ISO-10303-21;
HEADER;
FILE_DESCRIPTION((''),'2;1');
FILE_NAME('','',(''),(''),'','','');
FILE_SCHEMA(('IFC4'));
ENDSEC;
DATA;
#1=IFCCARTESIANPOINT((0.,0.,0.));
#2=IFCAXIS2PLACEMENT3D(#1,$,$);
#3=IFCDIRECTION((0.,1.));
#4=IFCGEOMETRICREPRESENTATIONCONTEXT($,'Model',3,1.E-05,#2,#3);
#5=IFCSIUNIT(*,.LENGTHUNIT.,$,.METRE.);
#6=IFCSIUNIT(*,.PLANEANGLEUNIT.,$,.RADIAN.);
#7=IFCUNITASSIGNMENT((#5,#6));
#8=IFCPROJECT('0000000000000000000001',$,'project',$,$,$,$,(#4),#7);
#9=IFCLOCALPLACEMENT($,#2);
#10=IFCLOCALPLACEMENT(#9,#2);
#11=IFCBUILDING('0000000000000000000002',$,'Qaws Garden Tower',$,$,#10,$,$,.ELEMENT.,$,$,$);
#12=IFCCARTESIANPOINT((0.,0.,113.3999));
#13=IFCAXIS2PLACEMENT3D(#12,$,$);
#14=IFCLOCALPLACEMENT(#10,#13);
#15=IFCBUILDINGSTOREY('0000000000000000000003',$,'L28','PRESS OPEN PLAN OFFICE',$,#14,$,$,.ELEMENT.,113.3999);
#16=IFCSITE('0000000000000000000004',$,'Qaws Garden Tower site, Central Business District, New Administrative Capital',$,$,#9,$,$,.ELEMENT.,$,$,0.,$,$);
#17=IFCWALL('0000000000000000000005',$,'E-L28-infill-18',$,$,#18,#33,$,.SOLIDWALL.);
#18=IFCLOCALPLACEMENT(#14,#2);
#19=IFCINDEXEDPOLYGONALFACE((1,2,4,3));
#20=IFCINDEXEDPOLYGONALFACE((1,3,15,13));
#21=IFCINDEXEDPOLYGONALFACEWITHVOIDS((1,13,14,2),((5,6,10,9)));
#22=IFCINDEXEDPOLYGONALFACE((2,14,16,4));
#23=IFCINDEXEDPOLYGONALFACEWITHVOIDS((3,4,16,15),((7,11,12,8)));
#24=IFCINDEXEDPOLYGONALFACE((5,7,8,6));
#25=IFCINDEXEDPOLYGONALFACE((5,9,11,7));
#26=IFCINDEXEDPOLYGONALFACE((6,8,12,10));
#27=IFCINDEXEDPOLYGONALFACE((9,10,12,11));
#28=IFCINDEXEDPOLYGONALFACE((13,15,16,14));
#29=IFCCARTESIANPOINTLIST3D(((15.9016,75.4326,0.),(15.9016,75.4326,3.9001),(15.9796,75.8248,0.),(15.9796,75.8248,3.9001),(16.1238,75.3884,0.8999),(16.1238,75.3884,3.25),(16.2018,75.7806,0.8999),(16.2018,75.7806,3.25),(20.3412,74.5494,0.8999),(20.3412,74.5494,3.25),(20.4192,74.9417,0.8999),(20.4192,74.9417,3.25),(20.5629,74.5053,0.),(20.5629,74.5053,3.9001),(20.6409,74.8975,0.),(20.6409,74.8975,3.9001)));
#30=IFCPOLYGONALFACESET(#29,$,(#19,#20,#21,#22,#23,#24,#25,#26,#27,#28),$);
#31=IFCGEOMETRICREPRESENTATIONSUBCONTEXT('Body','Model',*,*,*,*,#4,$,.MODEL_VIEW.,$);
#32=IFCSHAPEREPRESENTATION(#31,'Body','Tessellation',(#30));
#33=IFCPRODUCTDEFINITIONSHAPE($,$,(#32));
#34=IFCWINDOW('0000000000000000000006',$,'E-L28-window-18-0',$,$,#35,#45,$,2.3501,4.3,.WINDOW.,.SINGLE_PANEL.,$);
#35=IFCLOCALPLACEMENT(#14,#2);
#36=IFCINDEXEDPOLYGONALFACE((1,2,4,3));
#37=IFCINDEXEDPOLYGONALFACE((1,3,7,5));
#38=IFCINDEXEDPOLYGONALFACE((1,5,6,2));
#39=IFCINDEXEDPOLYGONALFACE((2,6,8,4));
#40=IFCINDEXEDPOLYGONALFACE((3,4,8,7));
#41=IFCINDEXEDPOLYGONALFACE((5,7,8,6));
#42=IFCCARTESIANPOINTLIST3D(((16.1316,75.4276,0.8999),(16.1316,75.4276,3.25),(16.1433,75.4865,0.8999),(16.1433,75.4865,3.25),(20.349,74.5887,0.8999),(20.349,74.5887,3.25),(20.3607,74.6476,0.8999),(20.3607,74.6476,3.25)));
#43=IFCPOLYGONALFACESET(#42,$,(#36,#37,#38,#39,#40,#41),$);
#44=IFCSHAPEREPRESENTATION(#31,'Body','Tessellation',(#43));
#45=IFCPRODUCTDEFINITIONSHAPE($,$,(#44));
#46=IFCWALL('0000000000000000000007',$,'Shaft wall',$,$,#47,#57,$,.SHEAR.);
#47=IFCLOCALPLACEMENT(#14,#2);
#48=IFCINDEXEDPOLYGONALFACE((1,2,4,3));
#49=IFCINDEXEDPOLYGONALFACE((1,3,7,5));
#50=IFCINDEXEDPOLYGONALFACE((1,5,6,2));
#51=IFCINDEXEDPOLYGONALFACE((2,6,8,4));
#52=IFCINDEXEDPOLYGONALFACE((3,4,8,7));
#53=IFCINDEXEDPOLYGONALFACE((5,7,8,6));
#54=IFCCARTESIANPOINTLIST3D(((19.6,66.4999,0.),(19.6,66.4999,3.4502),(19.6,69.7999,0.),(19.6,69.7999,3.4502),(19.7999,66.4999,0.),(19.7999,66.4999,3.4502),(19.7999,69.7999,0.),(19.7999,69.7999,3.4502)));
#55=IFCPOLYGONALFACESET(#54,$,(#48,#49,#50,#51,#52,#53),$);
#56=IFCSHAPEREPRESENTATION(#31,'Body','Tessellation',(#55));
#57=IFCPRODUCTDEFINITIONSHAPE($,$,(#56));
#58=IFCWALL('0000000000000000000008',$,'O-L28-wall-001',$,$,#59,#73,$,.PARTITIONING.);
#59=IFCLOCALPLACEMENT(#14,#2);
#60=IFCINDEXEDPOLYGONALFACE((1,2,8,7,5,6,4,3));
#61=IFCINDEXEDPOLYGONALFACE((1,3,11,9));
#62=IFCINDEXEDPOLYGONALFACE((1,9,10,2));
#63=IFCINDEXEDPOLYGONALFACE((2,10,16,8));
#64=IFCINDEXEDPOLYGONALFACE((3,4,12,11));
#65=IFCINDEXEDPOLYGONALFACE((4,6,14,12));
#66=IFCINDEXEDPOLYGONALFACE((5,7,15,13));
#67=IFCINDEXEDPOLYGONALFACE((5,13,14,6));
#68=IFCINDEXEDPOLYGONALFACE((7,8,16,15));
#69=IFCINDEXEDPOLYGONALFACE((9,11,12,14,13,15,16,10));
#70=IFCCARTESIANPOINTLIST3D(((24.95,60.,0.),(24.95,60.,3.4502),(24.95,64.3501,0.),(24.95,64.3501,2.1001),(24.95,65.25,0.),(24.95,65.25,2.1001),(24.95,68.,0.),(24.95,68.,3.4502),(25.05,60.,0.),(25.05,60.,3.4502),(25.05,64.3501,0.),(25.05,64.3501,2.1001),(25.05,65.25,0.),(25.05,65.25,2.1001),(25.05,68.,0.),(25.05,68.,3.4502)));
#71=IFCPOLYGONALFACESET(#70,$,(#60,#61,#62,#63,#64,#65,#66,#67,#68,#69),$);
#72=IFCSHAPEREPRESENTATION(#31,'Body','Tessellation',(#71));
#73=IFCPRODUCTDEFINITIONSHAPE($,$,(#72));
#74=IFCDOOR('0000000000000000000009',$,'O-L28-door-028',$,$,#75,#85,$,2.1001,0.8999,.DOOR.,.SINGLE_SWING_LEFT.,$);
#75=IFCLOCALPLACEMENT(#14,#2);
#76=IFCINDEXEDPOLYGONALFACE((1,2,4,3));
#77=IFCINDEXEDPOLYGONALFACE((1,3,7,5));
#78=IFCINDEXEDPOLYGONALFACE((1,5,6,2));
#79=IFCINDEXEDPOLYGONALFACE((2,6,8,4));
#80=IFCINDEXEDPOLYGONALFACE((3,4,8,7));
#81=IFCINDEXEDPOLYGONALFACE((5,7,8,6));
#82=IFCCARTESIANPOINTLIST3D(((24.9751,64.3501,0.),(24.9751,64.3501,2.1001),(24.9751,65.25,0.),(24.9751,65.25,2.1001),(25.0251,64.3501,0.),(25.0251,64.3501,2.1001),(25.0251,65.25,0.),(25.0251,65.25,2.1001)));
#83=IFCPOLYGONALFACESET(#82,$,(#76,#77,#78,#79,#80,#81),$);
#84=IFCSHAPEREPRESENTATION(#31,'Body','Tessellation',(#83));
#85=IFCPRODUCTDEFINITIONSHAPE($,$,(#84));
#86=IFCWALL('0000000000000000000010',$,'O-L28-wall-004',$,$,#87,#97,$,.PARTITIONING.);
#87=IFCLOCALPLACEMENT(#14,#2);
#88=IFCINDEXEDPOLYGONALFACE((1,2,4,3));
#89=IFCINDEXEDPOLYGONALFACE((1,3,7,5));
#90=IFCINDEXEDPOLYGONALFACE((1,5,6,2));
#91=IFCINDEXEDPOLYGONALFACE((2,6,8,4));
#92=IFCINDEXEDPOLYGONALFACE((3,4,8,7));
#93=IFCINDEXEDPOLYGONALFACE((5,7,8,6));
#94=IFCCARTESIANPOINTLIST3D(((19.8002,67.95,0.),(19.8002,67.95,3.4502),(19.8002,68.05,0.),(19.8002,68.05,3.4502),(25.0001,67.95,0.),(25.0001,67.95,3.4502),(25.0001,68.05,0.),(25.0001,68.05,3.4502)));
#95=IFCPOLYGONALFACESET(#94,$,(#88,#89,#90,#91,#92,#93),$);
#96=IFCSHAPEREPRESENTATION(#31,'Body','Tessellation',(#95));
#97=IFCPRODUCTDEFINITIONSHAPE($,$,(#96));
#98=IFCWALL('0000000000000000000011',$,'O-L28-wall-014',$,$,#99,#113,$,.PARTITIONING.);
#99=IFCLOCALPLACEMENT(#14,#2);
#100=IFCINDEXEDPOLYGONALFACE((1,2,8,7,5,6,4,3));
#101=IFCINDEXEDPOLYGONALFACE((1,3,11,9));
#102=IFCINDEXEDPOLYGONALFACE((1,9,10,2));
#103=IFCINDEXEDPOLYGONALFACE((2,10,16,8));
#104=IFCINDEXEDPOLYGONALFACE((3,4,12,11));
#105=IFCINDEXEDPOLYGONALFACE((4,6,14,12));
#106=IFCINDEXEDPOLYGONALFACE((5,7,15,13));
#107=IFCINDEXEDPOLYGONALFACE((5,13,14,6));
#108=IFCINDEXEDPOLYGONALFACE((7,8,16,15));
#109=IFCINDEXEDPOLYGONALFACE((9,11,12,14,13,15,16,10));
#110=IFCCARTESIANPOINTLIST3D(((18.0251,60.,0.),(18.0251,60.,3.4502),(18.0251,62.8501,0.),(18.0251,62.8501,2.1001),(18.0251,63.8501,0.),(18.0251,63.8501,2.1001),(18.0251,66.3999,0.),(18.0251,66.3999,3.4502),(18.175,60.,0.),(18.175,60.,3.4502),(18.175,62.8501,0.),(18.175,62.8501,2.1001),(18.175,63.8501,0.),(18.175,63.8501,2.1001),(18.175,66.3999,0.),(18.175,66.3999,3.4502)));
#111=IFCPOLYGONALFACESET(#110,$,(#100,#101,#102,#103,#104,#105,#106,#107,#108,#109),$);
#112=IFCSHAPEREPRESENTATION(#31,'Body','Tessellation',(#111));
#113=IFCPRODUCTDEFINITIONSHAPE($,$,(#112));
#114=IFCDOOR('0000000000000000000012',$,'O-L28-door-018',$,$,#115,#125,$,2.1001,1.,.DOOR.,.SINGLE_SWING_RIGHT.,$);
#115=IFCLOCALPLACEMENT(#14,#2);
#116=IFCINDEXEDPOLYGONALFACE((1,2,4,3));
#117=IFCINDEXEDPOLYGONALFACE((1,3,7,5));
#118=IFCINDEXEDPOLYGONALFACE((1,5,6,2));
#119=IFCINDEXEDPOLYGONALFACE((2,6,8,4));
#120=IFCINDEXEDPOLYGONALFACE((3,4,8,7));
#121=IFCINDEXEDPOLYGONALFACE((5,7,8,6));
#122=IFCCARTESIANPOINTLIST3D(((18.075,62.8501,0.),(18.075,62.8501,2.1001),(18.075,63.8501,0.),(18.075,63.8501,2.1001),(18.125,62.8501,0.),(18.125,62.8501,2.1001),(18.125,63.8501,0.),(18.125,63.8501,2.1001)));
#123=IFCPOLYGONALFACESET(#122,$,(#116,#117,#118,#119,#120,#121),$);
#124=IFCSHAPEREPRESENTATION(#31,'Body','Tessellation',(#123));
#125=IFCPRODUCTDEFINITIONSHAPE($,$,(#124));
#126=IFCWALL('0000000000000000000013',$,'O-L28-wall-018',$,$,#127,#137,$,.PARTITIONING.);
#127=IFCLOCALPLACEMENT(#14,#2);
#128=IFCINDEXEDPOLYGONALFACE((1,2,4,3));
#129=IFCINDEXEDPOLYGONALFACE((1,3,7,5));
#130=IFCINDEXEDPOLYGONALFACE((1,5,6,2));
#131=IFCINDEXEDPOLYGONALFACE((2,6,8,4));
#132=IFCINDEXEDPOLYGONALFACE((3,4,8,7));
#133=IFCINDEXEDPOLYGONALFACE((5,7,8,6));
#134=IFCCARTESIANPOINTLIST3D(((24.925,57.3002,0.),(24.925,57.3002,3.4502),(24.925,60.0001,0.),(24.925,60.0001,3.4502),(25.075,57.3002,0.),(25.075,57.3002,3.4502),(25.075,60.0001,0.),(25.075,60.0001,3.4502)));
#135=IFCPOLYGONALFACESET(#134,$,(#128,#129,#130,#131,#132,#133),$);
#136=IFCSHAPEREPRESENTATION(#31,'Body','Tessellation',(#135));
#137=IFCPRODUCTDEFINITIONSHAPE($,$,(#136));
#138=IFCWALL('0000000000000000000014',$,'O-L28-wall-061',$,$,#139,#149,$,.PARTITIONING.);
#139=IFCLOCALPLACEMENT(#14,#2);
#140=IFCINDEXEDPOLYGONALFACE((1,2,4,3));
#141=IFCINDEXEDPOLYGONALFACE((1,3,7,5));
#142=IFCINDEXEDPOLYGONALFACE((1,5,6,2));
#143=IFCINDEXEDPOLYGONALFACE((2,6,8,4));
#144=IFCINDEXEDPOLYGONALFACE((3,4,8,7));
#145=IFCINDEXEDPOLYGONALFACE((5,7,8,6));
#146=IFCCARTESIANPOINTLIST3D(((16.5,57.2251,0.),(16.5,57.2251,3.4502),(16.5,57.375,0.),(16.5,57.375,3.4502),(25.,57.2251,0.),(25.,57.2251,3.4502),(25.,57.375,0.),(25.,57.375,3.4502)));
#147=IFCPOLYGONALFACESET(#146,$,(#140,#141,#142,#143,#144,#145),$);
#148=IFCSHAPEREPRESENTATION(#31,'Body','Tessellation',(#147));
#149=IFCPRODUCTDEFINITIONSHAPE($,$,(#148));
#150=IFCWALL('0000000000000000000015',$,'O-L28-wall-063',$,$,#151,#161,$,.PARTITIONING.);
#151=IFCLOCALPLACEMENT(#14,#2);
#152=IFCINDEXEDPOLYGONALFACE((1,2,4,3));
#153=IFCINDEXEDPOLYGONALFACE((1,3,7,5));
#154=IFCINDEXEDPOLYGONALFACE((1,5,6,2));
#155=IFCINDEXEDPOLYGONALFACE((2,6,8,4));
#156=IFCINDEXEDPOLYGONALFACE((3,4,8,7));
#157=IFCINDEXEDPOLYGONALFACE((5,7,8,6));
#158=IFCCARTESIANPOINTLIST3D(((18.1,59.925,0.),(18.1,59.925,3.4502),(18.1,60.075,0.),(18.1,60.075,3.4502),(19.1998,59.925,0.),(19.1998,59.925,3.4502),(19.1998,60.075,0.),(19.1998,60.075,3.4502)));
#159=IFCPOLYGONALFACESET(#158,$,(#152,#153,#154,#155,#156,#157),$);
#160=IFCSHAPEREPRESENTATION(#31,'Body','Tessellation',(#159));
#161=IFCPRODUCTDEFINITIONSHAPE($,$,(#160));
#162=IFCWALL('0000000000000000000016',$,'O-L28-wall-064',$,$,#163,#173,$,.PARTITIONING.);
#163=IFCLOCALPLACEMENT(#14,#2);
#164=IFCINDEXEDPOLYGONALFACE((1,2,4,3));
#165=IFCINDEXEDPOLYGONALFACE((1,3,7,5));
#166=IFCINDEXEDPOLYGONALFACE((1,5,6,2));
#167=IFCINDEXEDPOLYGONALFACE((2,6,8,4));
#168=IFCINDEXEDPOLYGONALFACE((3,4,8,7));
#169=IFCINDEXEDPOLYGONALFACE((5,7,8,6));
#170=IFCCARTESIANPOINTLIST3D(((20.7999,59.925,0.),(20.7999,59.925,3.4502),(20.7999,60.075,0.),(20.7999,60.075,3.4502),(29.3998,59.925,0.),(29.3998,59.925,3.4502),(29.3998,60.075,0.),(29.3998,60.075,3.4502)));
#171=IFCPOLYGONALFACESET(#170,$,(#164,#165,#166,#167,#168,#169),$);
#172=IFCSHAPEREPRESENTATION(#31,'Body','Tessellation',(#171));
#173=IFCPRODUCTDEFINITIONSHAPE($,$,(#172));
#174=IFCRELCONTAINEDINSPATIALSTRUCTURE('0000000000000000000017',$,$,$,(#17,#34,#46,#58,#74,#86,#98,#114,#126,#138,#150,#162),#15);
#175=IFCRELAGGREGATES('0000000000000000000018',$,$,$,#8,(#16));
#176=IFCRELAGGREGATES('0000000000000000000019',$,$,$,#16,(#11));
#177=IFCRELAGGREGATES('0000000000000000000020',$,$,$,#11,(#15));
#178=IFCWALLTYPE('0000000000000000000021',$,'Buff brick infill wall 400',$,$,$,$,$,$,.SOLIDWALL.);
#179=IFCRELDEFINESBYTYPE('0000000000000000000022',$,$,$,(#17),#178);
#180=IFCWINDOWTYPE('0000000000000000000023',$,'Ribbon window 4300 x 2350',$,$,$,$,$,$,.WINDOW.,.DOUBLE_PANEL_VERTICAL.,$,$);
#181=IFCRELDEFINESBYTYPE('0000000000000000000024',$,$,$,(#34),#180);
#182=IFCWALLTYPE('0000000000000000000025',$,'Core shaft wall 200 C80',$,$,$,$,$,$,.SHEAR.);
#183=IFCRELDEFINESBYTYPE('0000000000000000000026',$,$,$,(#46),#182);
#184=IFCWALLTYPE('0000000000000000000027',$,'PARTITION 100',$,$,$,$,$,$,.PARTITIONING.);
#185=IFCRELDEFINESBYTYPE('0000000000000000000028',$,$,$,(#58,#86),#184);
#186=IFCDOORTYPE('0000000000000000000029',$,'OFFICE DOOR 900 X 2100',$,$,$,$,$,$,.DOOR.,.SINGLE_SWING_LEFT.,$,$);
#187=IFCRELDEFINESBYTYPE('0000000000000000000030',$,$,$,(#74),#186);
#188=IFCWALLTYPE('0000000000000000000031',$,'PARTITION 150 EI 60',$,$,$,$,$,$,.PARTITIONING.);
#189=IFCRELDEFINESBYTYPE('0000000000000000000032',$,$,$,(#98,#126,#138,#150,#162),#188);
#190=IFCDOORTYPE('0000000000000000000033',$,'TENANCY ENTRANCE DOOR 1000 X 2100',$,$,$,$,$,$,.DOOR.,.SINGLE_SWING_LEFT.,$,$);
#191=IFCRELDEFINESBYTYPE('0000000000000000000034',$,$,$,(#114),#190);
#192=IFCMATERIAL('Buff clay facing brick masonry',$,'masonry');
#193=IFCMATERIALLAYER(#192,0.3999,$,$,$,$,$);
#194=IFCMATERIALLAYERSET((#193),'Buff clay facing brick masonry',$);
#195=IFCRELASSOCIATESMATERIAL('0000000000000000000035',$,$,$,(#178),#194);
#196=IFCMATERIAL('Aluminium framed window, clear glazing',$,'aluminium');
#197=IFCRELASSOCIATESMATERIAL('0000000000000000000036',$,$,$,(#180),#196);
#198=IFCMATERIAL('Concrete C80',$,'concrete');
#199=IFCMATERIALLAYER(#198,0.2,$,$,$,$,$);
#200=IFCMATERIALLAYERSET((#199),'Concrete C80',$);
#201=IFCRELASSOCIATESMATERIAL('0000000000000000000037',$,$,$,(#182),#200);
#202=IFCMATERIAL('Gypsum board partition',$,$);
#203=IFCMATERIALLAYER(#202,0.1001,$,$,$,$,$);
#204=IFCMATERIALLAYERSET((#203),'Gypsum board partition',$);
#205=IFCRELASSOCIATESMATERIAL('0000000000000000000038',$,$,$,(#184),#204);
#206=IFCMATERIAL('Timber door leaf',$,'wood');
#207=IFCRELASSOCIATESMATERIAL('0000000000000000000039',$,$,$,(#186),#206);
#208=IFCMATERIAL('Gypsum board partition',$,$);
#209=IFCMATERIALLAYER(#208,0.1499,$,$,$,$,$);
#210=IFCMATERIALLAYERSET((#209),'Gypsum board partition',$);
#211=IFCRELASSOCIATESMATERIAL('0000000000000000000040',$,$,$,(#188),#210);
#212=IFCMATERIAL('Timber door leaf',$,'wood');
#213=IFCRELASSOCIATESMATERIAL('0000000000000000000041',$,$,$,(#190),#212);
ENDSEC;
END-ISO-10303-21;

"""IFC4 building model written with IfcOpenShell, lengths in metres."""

from ifc_helpers import new_model, si_unit, direction, frame, frame_2d, origin, place, context, subcontext, project, spatial, rectangle, extrude, material, layer, layer_set, type_object, element, fill, save


model = new_model("IFC4")

# Units and contexts
model_context = context("Model", 3, precision=1e-05, world=origin(), true_north=direction((0.0, 1.0)))
body_context = subcontext(model_context, "Body", "Model", "MODEL_VIEW")
ifc_project = project(units=[si_unit("LENGTHUNIT", "METRE"), si_unit("PLANEANGLEUNIT", "RADIAN")], contexts=[model_context])

# Site, building, storey
site_placement = place(None, origin())
site = spatial("IfcSite", under=ifc_project, at=site_placement, Name="Qaws Garden Tower site, Central Business District, New Administrative Capital", CompositionType="ELEMENT", RefElevation=0.0)
building_placement = place(site_placement, origin())
building = spatial("IfcBuilding", under=site, at=building_placement, Name="Qaws Garden Tower", CompositionType="ELEMENT")
storey_placement = place(building_placement, frame((0.0, 0.0, 113.3999)))
storey = spatial("IfcBuildingStorey", under=building, at=storey_placement, Name="L28", Description="PRESS OPEN PLAN OFFICE", CompositionType="ELEMENT", Elevation=113.3999)

# Wall, opening, window
ifc_material_1 = material(Name="Buff clay facing brick masonry", Category="masonry")
ifc_layer_1 = layer(ifc_material_1, 0.3999)
ifc_layer_set_1 = layer_set([ifc_layer_1], Name="Buff clay facing brick masonry")
wall_type_1 = type_object("IfcWallType", Name="Buff brick infill wall 400", PredefinedType="SOLIDWALL", material=ifc_layer_set_1)
ifc_material_2 = material(Name="Aluminium framed window, clear glazing", Category="aluminium")
window_type = type_object("IfcWindowType", Name="Ribbon window 4300 x 2350", PartitioningType="DOUBLE_PANEL_VERTICAL", PredefinedType="WINDOW", material=ifc_material_2)
wall_1_placement = place(storey_placement, frame((20.6021, 74.7014, 0.0), z_axis=(0.0, 0.0, 1.0), x_axis=(-0.980784, 0.195099, 0.0)))
wall_1 = element("IfcWall", 1, at=wall_1_placement, inside=storey, type_object=wall_type_1, Name="E-L28-infill-18", PredefinedType="SOLIDWALL", context=body_context, shape_type="SweptSolid", body=[
    extrude(rectangle(XDim=4.7527, YDim=0.3999, at=frame_2d((2.3765, 0.0))), origin(), (0.0, 0.0, 1.0), 3.9001),
])
opening_1_placement = place(wall_1_placement, frame((0.2263, 0.0, 0.8999)))
opening_1 = element("IfcOpeningElement", 2, at=opening_1_placement, cuts=wall_1, PredefinedType="OPENING", context=body_context, shape_type="SweptSolid", body=[
    extrude(rectangle(XDim=4.3, YDim=2.3501, at=frame_2d((2.1499, 1.175))), frame((0.0, 0.21, 0.0), z_axis=(0.0, -1.0, 0.0), x_axis=(1.0, 0.0, 0.0)), (0.0, 0.0, 1.0), 0.4199),
])
window_1_placement = place(opening_1_placement, origin())
window_1 = element("IfcWindow", 3, at=window_1_placement, inside=storey, type_object=window_type, Name="E-L28-window-18-0", OverallHeight=2.3501, OverallWidth=4.3, PartitioningType="SINGLE_PANEL", PredefinedType="WINDOW", context=body_context, shape_type="SweptSolid", body=[
    extrude(rectangle(XDim=4.3, YDim=2.3501, at=frame_2d((2.1499, 1.175))), frame((0.0, 0.1599, 0.0), z_axis=(0.0, -1.0, 0.0), x_axis=(1.0, 0.0, 0.0)), (0.0, 0.0, 1.0), 0.0601),
])
fill(opening_1, window_1)

# Wall
ifc_material_3 = material(Name="Concrete C80", Category="concrete")
ifc_layer_2 = layer(ifc_material_3, 0.2)
ifc_layer_set_2 = layer_set([ifc_layer_2], Name="Concrete C80")
wall_type_2 = type_object("IfcWallType", Name="Core shaft wall 200 C80", PredefinedType="SHEAR", material=ifc_layer_set_2)
wall_2_placement = place(storey_placement, frame((19.7, 66.5, 0.0), z_axis=(0.0, 0.0, 1.0), x_axis=(0.0, 1.0, 0.0)))
element("IfcWall", 4, at=wall_2_placement, inside=storey, type_object=wall_type_2, Name="Shaft wall", PredefinedType="SHEAR", context=body_context, shape_type="SweptSolid", body=[
    extrude(rectangle(XDim=3.3, YDim=0.2, at=frame_2d((1.6499, 0.0))), origin(), (0.0, 0.0, 1.0), 3.4502),
])

# Wall, opening, door
ifc_material_4 = material(Name="Gypsum board partition")
ifc_layer_3 = layer(ifc_material_4, 0.1001)
ifc_layer_set_3 = layer_set([ifc_layer_3], Name="Gypsum board partition")
wall_type_3 = type_object("IfcWallType", Name="PARTITION 100", PredefinedType="PARTITIONING", material=ifc_layer_set_3)
wall_3_placement = place(storey_placement, frame((25.0, 60.0, 0.0), z_axis=(0.0, 0.0, 1.0), x_axis=(0.0, 1.0, 0.0)))
wall_3 = element("IfcWall", 5, at=wall_3_placement, inside=storey, type_object=wall_type_3, Name="O-L28-wall-001", PredefinedType="PARTITIONING", context=body_context, shape_type="SweptSolid", body=[
    extrude(rectangle(XDim=8.0, YDim=0.1001, at=frame_2d((4.0, 0.0))), origin(), (0.0, 0.0, 1.0), 3.4502),
])
opening_2_placement = place(wall_3_placement, frame((4.3501, 0.0, 0.0)))
opening_2 = element("IfcOpeningElement", 6, at=opening_2_placement, cuts=wall_3, PredefinedType="OPENING", context=body_context, shape_type="SweptSolid", body=[
    extrude(rectangle(XDim=0.8999, YDim=2.1001, at=frame_2d((0.45, 1.05))), frame((0.0, 0.0601, 0.0), z_axis=(0.0, -1.0, 0.0), x_axis=(1.0, 0.0, 0.0)), (0.0, 0.0, 1.0), 0.1201),
])
ifc_material_5 = material(Name="Timber door leaf", Category="wood")
door_type_1 = type_object("IfcDoorType", Name="OFFICE DOOR 900 X 2100", OperationType="SINGLE_SWING_LEFT", PredefinedType="DOOR", material=ifc_material_5)
door_1_placement = place(opening_2_placement, origin())
door_1 = element("IfcDoor", 7, at=door_1_placement, inside=storey, type_object=door_type_1, Name="O-L28-door-028", OperationType="SINGLE_SWING_LEFT", OverallHeight=2.1001, OverallWidth=0.8999, PredefinedType="DOOR", context=body_context, shape_type="SweptSolid", body=[
    extrude(rectangle(XDim=0.8999, YDim=2.1001, at=frame_2d((0.45, 1.05))), frame((0.0, 0.0249, 0.0), z_axis=(0.0, -1.0, 0.0), x_axis=(1.0, 0.0, 0.0)), (0.0, 0.0, 1.0), 0.05),
])
fill(opening_2, door_1)

# Wall
wall_4_placement = place(storey_placement, frame((19.8, 68.0, 0.0), z_axis=(0.0, 0.0, 1.0), x_axis=(1.0, 0.0, 0.0)))
element("IfcWall", 8, at=wall_4_placement, inside=storey, type_object=wall_type_3, Name="O-L28-wall-004", PredefinedType="PARTITIONING", context=body_context, shape_type="SweptSolid", body=[
    extrude(rectangle(XDim=5.2, YDim=0.1001, at=frame_2d((2.6001, 0.0))), origin(), (0.0, 0.0, 1.0), 3.4502),
])

# Wall, opening, door
ifc_material_6 = material(Name="Gypsum board partition")
ifc_layer_4 = layer(ifc_material_6, 0.1499)
ifc_layer_set_4 = layer_set([ifc_layer_4], Name="Gypsum board partition")
wall_type_4 = type_object("IfcWallType", Name="PARTITION 150 EI 60", PredefinedType="PARTITIONING", material=ifc_layer_set_4)
wall_5_placement = place(storey_placement, frame((18.1001, 60.0, 0.0), z_axis=(0.0, 0.0, 1.0), x_axis=(0.0, 1.0, 0.0)))
wall_5 = element("IfcWall", 9, at=wall_5_placement, inside=storey, type_object=wall_type_4, Name="O-L28-wall-014", PredefinedType="PARTITIONING", context=body_context, shape_type="SweptSolid", body=[
    extrude(rectangle(XDim=6.3999, YDim=0.1499, at=frame_2d((3.2, 0.0))), origin(), (0.0, 0.0, 1.0), 3.4502),
])
opening_3_placement = place(wall_5_placement, frame((2.8501, 0.0, 0.0)))
opening_3 = element("IfcOpeningElement", 10, at=opening_3_placement, cuts=wall_5, PredefinedType="OPENING", context=body_context, shape_type="SweptSolid", body=[
    extrude(rectangle(XDim=1.0, YDim=2.1001, at=frame_2d((0.5, 1.05))), frame((0.0, 0.085, 0.0), z_axis=(0.0, -1.0, 0.0), x_axis=(1.0, 0.0, 0.0)), (0.0, 0.0, 1.0), 0.1699),
])
ifc_material_7 = material(Name="Timber door leaf", Category="wood")
door_type_2 = type_object("IfcDoorType", Name="TENANCY ENTRANCE DOOR 1000 X 2100", OperationType="SINGLE_SWING_LEFT", PredefinedType="DOOR", material=ifc_material_7)
door_2_placement = place(opening_3_placement, frame((1.0, 0.0, 0.0), z_axis=(0.0, 0.0, 1.0), x_axis=(-1.0, 0.0, 0.0)))
door_2 = element("IfcDoor", 11, at=door_2_placement, inside=storey, type_object=door_type_2, Name="O-L28-door-018", OperationType="SINGLE_SWING_RIGHT", OverallHeight=2.1001, OverallWidth=1.0, PredefinedType="DOOR", context=body_context, shape_type="SweptSolid", body=[
    extrude(rectangle(XDim=1.0, YDim=2.1001, at=frame_2d((0.5, 1.05))), frame((0.0, 0.0249, 0.0), z_axis=(0.0, -1.0, 0.0), x_axis=(1.0, 0.0, 0.0)), (0.0, 0.0, 1.0), 0.05),
])
fill(opening_3, door_2)

# Walls
wall_6_placement = place(storey_placement, frame((25.0, 57.3, 0.0), z_axis=(0.0, 0.0, 1.0), x_axis=(0.0, 1.0, 0.0)))
element("IfcWall", 12, at=wall_6_placement, inside=storey, type_object=wall_type_4, Name="O-L28-wall-018", PredefinedType="PARTITIONING", context=body_context, shape_type="SweptSolid", body=[
    extrude(rectangle(XDim=2.7, YDim=0.1499, at=frame_2d((1.3501, 0.0))), origin(), (0.0, 0.0, 1.0), 3.4502),
])
wall_7_placement = place(storey_placement, frame((16.5, 57.3, 0.0), z_axis=(0.0, 0.0, 1.0), x_axis=(1.0, 0.0, 0.0)))
element("IfcWall", 13, at=wall_7_placement, inside=storey, type_object=wall_type_4, Name="O-L28-wall-061", PredefinedType="PARTITIONING", context=body_context, shape_type="SweptSolid", body=[
    extrude(rectangle(XDim=8.5, YDim=0.1499, at=frame_2d((4.25, 0.0))), origin(), (0.0, 0.0, 1.0), 3.4502),
])
wall_8_placement = place(storey_placement, frame((18.1001, 60.0, 0.0), z_axis=(0.0, 0.0, 1.0), x_axis=(1.0, 0.0, 0.0)))
element("IfcWall", 14, at=wall_8_placement, inside=storey, type_object=wall_type_4, Name="O-L28-wall-063", PredefinedType="PARTITIONING", context=body_context, shape_type="SweptSolid", body=[
    extrude(rectangle(XDim=1.0999, YDim=0.1499, at=frame_2d((0.5498, 0.0))), origin(), (0.0, 0.0, 1.0), 3.4502),
])
wall_9_placement = place(storey_placement, frame((20.8, 60.0, 0.0), z_axis=(0.0, 0.0, 1.0), x_axis=(1.0, 0.0, 0.0)))
element("IfcWall", 15, at=wall_9_placement, inside=storey, type_object=wall_type_4, Name="O-L28-wall-064", PredefinedType="PARTITIONING", context=body_context, shape_type="SweptSolid", body=[
    extrude(rectangle(XDim=8.5999, YDim=0.1499, at=frame_2d((4.2998, 0.0))), origin(), (0.0, 0.0, 1.0), 3.4502),
])

save(model, "model.ifc")
